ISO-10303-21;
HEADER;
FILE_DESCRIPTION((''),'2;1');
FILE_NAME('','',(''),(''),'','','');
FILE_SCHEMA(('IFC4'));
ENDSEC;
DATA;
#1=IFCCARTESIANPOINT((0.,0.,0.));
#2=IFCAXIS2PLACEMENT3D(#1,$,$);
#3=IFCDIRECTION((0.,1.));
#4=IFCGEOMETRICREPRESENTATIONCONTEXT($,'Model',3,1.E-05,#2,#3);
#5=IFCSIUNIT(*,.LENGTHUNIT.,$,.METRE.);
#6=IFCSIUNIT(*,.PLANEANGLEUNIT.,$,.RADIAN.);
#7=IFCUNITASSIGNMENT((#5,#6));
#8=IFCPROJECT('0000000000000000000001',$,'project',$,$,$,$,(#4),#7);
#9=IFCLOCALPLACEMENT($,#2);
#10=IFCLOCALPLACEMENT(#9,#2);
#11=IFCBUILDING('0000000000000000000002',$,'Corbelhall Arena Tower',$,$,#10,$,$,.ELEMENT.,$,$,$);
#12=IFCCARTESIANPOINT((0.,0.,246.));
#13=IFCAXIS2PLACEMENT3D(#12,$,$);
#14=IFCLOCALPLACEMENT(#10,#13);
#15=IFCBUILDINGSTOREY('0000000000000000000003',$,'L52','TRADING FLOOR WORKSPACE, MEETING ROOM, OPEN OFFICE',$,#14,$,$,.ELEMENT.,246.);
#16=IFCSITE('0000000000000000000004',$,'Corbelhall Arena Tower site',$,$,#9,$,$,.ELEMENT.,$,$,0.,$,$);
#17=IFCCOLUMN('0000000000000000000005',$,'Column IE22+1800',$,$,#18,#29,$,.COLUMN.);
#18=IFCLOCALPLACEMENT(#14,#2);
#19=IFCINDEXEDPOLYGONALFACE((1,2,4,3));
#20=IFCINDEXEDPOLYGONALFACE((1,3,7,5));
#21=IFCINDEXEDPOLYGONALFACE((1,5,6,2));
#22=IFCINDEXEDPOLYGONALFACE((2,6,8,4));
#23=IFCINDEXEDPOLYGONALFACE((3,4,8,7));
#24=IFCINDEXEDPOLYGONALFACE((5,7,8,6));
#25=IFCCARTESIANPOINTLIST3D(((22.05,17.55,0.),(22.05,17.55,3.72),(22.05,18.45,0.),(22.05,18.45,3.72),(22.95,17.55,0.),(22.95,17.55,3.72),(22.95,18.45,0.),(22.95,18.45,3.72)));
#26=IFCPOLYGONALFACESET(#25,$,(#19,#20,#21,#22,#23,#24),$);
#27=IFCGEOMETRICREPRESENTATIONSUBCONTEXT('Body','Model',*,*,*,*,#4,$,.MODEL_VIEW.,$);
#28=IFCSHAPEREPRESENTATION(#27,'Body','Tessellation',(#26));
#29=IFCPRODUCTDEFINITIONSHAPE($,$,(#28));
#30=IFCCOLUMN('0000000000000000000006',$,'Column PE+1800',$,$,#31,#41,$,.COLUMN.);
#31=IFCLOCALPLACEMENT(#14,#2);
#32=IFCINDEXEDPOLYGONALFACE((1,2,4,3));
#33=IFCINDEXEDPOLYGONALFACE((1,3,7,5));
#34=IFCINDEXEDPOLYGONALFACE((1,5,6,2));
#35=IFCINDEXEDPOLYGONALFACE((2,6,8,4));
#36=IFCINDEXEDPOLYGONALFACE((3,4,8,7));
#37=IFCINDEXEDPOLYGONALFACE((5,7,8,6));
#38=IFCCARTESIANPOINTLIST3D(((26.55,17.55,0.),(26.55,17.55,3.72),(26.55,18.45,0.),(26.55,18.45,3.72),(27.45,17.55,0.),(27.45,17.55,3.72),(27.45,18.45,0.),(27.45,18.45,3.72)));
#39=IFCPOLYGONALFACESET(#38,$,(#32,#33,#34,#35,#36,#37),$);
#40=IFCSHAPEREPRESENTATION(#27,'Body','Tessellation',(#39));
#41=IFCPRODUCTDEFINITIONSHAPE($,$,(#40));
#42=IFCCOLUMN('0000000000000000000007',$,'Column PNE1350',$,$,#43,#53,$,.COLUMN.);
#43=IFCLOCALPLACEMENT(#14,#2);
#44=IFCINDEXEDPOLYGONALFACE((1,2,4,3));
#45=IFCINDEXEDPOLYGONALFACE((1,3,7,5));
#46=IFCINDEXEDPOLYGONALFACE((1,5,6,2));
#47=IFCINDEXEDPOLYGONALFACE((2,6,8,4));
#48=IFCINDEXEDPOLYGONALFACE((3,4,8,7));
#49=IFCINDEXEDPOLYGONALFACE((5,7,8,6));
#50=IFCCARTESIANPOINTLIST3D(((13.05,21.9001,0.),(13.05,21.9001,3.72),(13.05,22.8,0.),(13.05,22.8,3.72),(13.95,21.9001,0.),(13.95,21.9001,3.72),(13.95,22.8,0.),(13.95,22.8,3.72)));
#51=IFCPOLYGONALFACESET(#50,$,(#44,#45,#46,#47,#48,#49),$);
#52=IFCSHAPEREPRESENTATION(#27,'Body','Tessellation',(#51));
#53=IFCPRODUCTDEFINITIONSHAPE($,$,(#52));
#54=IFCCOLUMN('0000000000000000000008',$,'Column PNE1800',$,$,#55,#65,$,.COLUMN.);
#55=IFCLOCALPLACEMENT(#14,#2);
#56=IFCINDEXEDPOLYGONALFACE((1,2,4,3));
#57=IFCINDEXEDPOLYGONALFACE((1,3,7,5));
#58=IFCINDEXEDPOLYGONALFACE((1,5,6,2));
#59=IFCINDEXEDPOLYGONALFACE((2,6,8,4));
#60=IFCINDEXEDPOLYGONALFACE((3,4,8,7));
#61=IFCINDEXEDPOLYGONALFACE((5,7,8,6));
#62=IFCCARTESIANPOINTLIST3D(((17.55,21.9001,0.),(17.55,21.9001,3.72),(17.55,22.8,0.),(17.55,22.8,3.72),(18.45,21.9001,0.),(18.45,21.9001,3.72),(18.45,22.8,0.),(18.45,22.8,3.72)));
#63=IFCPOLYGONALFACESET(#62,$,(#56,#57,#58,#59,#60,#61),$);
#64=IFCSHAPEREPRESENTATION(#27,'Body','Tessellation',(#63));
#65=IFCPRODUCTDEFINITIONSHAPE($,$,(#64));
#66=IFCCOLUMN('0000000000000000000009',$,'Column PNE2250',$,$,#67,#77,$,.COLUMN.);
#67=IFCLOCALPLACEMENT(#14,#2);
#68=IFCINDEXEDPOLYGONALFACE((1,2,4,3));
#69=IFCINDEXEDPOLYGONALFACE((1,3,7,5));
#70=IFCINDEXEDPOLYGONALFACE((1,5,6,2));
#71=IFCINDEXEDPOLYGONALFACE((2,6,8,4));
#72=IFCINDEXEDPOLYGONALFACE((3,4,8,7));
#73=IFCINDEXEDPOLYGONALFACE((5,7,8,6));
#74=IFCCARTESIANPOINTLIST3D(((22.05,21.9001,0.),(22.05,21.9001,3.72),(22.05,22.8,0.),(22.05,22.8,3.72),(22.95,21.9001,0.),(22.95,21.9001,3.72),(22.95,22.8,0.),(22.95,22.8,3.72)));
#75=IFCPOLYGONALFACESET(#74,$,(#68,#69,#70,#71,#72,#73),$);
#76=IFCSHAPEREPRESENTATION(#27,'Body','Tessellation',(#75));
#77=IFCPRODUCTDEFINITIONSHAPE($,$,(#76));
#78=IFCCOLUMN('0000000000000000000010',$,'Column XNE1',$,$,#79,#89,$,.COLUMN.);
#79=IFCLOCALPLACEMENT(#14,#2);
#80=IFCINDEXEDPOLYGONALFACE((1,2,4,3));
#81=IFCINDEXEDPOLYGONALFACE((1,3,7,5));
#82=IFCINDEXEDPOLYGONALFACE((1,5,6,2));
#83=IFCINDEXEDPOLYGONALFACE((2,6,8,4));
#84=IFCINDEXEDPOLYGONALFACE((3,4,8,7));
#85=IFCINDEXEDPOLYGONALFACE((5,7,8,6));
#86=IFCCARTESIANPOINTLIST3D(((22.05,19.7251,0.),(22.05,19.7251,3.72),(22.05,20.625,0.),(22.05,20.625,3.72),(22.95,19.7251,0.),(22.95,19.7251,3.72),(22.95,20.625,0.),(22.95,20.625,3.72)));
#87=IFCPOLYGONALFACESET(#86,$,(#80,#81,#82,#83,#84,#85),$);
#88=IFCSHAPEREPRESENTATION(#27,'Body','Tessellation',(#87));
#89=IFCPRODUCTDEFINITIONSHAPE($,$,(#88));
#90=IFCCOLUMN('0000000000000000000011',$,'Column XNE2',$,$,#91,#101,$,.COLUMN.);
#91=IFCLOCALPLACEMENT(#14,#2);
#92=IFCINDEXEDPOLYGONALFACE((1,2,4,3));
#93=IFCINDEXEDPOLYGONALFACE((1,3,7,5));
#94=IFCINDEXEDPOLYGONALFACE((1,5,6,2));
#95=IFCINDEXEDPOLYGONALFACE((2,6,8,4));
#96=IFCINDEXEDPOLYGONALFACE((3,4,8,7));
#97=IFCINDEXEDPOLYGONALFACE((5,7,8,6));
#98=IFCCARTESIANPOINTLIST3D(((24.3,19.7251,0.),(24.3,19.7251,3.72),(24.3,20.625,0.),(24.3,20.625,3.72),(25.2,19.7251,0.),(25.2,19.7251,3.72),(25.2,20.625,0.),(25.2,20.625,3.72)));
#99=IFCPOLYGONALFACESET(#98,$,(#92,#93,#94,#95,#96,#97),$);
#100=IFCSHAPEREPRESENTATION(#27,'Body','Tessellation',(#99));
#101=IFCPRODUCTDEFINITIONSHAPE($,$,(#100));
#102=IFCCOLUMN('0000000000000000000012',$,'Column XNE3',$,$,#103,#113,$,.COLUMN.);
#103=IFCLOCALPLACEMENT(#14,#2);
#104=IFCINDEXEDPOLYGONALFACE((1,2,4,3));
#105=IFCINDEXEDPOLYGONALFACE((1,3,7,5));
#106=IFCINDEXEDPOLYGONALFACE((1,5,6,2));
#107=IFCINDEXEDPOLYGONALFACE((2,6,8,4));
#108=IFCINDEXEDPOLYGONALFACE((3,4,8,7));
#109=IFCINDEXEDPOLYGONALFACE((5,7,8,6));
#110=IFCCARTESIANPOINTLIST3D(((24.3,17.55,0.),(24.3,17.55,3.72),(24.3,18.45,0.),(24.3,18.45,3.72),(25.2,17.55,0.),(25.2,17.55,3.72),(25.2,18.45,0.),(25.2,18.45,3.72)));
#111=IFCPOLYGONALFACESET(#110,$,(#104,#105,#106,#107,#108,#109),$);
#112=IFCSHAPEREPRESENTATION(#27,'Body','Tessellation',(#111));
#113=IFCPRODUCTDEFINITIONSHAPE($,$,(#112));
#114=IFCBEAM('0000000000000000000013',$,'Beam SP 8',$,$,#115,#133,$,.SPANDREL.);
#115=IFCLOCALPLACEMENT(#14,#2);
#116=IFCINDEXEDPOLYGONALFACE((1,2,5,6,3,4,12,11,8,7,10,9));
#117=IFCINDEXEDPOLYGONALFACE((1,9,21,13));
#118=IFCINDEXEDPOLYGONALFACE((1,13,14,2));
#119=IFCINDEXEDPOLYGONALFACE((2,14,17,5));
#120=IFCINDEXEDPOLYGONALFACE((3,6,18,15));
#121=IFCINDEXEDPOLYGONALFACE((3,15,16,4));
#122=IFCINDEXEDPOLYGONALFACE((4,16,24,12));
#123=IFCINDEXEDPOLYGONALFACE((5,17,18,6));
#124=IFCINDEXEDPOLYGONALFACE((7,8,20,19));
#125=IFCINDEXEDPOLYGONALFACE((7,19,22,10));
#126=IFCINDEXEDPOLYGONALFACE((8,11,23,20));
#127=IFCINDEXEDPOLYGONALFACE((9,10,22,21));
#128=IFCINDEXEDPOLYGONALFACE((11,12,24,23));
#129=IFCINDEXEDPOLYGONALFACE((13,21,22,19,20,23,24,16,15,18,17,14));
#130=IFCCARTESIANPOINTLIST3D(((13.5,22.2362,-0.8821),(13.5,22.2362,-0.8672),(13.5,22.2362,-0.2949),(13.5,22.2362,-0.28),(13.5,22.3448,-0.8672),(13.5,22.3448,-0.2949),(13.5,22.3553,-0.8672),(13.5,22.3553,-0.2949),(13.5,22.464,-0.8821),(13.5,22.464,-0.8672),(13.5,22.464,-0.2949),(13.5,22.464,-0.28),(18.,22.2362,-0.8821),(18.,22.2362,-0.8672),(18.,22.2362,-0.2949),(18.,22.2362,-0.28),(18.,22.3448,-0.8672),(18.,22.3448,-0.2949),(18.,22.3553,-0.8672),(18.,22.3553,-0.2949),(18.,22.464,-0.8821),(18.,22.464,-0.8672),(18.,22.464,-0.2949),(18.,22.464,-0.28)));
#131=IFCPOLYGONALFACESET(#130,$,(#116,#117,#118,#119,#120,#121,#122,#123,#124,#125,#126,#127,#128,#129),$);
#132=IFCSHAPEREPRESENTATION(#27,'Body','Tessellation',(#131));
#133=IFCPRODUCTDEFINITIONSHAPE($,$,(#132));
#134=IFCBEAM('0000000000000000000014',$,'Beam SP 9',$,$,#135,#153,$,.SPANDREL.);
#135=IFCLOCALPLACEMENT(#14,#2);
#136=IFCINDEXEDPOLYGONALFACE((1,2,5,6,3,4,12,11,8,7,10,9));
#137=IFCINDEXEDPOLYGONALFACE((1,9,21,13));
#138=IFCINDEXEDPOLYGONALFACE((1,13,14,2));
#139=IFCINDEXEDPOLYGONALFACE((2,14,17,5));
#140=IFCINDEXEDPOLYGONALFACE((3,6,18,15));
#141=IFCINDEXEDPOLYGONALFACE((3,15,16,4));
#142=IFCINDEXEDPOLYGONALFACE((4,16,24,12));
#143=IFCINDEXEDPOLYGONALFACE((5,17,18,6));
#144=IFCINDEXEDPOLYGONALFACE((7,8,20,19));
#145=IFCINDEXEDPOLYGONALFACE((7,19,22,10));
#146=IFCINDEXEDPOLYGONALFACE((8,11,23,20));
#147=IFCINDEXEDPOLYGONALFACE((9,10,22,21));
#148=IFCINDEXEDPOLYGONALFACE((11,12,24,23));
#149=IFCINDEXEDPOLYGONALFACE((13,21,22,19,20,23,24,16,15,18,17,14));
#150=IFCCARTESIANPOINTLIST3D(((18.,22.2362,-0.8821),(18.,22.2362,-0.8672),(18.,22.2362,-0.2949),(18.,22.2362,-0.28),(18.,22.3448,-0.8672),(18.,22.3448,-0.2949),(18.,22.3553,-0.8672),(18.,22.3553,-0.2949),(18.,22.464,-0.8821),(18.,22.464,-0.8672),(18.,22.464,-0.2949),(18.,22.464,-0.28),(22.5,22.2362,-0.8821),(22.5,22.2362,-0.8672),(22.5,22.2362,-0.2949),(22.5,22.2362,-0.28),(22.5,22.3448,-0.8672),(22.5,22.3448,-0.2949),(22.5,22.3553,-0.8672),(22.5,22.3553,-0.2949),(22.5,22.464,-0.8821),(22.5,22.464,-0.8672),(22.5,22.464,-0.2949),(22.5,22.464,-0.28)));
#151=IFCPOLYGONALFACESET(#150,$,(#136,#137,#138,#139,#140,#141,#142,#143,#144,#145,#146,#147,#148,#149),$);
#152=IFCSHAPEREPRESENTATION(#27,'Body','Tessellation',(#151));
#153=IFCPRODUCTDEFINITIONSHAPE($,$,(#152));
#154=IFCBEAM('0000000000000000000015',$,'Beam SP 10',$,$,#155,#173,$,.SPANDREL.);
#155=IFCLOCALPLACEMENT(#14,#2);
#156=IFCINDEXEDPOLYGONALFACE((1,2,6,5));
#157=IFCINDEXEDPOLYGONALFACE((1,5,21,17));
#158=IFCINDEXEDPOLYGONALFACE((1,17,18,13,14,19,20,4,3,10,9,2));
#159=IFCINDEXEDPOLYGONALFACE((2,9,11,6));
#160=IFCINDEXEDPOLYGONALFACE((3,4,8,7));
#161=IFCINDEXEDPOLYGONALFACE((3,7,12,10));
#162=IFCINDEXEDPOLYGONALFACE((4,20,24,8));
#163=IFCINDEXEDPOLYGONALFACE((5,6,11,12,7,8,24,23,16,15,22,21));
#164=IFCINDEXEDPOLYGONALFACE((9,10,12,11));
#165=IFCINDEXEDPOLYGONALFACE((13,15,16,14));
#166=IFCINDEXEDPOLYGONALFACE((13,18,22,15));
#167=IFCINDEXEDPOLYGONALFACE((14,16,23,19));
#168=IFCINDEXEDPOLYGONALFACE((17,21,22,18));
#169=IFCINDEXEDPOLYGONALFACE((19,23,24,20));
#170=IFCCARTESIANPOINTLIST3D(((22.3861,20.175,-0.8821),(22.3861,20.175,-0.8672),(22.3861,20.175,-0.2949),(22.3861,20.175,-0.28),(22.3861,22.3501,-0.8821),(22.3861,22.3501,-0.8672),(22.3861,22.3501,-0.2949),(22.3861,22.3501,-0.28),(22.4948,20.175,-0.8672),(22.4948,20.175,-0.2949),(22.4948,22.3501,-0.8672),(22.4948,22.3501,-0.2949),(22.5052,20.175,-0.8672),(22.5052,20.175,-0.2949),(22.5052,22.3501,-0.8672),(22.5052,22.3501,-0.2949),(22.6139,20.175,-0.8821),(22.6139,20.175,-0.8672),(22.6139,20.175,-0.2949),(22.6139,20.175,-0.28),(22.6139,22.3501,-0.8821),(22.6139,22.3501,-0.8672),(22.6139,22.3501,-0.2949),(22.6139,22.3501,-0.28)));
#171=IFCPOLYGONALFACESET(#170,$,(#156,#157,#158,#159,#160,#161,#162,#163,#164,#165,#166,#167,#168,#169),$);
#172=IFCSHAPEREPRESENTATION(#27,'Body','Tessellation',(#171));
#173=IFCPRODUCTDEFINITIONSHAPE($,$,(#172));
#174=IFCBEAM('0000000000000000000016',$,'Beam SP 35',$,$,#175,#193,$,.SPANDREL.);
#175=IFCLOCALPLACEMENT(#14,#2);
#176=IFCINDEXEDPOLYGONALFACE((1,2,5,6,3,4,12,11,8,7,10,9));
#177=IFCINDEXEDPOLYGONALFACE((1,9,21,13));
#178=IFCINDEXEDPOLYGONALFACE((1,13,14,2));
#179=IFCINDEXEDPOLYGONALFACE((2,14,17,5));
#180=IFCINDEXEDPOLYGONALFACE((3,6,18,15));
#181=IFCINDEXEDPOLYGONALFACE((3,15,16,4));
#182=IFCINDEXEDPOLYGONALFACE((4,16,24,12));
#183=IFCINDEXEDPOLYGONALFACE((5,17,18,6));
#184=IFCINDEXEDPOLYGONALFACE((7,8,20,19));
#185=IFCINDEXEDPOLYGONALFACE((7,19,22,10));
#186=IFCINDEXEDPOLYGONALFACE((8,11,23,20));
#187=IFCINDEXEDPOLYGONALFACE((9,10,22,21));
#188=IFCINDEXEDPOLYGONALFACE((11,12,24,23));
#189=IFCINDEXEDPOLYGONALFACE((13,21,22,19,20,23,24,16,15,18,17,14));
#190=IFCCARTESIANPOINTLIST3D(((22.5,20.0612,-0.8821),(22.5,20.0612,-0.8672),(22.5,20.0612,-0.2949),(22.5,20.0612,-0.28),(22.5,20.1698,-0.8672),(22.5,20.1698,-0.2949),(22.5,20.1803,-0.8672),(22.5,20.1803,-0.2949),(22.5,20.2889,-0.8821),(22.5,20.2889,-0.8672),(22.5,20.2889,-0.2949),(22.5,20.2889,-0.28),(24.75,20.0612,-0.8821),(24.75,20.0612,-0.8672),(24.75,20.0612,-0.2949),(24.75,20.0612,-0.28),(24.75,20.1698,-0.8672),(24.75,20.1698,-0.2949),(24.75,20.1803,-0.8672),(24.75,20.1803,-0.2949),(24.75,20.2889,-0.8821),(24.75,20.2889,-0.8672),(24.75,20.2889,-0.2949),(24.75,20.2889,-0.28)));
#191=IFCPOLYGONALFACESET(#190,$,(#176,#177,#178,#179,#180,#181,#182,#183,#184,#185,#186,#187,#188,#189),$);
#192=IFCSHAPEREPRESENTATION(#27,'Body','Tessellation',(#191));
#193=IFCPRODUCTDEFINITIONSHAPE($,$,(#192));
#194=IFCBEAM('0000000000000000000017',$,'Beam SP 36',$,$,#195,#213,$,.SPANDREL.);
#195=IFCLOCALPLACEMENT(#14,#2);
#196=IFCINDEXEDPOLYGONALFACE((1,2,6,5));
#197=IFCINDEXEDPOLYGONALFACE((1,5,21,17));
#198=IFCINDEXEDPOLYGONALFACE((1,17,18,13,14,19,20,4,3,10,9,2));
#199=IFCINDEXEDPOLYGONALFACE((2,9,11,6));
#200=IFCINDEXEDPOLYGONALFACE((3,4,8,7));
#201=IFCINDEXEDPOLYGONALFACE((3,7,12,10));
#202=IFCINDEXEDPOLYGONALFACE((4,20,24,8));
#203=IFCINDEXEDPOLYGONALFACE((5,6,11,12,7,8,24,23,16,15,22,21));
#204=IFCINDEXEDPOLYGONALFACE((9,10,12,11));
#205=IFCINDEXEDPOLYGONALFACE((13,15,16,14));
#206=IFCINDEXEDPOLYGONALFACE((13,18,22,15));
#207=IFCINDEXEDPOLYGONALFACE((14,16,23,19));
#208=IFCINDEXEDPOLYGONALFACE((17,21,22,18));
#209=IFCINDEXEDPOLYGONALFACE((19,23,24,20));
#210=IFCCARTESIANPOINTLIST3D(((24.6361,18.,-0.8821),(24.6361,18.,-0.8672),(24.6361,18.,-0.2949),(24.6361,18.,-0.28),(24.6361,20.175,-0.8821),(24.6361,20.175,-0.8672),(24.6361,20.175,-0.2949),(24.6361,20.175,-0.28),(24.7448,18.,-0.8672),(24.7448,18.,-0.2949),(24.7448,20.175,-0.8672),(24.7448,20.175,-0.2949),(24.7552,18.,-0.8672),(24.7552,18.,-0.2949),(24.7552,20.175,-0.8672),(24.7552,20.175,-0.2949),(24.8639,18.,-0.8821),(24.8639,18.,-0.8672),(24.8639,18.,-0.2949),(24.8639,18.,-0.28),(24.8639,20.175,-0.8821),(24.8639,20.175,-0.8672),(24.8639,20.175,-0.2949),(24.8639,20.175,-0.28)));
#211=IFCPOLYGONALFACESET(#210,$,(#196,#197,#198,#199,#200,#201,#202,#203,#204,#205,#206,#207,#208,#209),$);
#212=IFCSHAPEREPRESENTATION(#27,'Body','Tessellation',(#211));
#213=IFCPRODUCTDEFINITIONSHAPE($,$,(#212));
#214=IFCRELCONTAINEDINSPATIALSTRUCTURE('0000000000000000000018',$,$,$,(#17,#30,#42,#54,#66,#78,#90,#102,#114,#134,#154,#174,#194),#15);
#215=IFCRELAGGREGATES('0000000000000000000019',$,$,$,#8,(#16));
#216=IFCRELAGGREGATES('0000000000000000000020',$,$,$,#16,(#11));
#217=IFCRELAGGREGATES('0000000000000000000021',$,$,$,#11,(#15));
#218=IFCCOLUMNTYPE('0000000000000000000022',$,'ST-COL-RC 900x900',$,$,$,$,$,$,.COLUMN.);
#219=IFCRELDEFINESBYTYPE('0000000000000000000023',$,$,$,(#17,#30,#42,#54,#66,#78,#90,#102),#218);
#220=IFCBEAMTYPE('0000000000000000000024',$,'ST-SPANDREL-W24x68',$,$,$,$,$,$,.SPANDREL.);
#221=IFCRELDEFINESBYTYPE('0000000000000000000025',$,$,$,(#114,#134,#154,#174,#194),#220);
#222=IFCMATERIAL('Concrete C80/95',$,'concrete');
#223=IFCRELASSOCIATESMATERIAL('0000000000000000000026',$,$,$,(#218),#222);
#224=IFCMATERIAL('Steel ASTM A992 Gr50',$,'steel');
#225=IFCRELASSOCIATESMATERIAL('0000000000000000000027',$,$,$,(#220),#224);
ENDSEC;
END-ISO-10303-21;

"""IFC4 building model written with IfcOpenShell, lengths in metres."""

from ifc_helpers import new_model, si_unit, direction, frame, origin, origin_2d, place, context, subcontext, project, spatial, rectangle, i_section, extrude, material, material_profile, profile_set, type_object, element, save


model = new_model("IFC4")

# Units and contexts
model_context = context("Model", 3, precision=1e-05, world=origin(), true_north=direction((0.0, 1.0)))
body_context = subcontext(model_context, "Body", "Model", "MODEL_VIEW")
ifc_project = project(units=[si_unit("LENGTHUNIT", "METRE"), si_unit("PLANEANGLEUNIT", "RADIAN")], contexts=[model_context])

# Site, building, storey
site_placement = place(None, origin())
site = spatial("IfcSite", under=ifc_project, at=site_placement, Name="Corbelhall Arena Tower site", CompositionType="ELEMENT", RefElevation=0.0)
building_placement = place(site_placement, origin())
building = spatial("IfcBuilding", under=site, at=building_placement, Name="Corbelhall Arena Tower", CompositionType="ELEMENT")
storey_placement = place(building_placement, frame((0.0, 0.0, 246.0)))
storey = spatial("IfcBuildingStorey", under=building, at=storey_placement, Name="L52", Description="TRADING FLOOR WORKSPACE, MEETING ROOM, OPEN OFFICE", CompositionType="ELEMENT", Elevation=246.0)

# Columns
ifc_material_1 = material(Name="Concrete C80/95", Category="concrete")
ifc_material_profile_1 = material_profile(ifc_material_1, rectangle(XDim=0.8999, YDim=0.8999, at=origin_2d()))
ifc_profile_set_1 = profile_set([ifc_material_profile_1], Name="Concrete C80/95")
column_type = type_object("IfcColumnType", Name="ST-COL-RC 900x900", PredefinedType="COLUMN", material=ifc_profile_set_1)
for number, where, z_axis, x_axis, name in (
    (1, (22.5, 18.0, 0.0), (0.0, 0.0, 1.0), (1.0, 0.0, 0.0), "Column IE22+1800"),
    (2, (27.0, 18.0, 0.0), (0.0, 0.0, 1.0), (0.0, 1.0, 0.0), "Column PE+1800"),
    (3, (13.5, 22.3501, 0.0), (0.0, 0.0, 1.0), (1.0, 0.0, 0.0), "Column PNE1350"),
    (4, (18.0, 22.3501, 0.0), (0.0, 0.0, 1.0), (1.0, 0.0, 0.0), "Column PNE1800"),
    (5, (22.5, 22.3501, 0.0), (0.0, 0.0, 1.0), (1.0, 0.0, 0.0), "Column PNE2250"),
    (6, (22.5, 20.175, 0.0), (0.0, 0.0, 1.0), (1.0, 0.0, 0.0), "Column XNE1"),
    (7, (24.75, 20.175, 0.0), (0.0, 0.0, 1.0), (1.0, 0.0, 0.0), "Column XNE2"),
    (8, (24.75, 18.0, 0.0), (0.0, 0.0, 1.0), (1.0, 0.0, 0.0), "Column XNE3"),
):
    element("IfcColumn", number, at=place(storey_placement, frame(where, z_axis=z_axis, x_axis=x_axis)), inside=storey, type_object=column_type, Name=name, PredefinedType="COLUMN", context=body_context, shape_type="SweptSolid", body=[
        extrude(rectangle(XDim=0.8999, YDim=0.8999, at=origin_2d()), origin(), (0.0, 0.0, 1.0), 3.72),
    ])

# Beams
ifc_material_2 = material(Name="Steel ASTM A992 Gr50", Category="steel")
ifc_material_profile_2 = material_profile(ifc_material_2, i_section(OverallWidth=0.2278, OverallDepth=0.6021, WebThickness=0.0105, FlangeThickness=0.0149, at=origin_2d()))
ifc_profile_set_2 = profile_set([ifc_material_profile_2], Name="Steel ASTM A992 Gr50")
beam_type_1 = type_object("IfcBeamType", Name="ST-SPANDREL-W24x68", PredefinedType="SPANDREL", material=ifc_profile_set_2)
for number, where, z_axis, x_axis, name in (
    (9, (13.5, 22.3501, -0.5811), (1.0, 0.0, 0.0), (0.0, 1.0, 0.0), "Beam SP 8"),
    (10, (18.0, 22.3501, -0.5811), (1.0, 0.0, 0.0), (0.0, 1.0, 0.0), "Beam SP 9"),
):
    element("IfcBeam", number, at=place(storey_placement, frame(where, z_axis=z_axis, x_axis=x_axis)), inside=storey, type_object=beam_type_1, Name=name, PredefinedType="SPANDREL", context=body_context, shape_type="SweptSolid", body=[
        extrude(i_section(OverallWidth=0.2278, OverallDepth=0.6021, WebThickness=0.0105, FlangeThickness=0.0149, at=origin_2d()), origin(), (0.0, 0.0, 1.0), 4.5),
    ])
beam_1_placement = place(storey_placement, frame((22.5, 22.3501, -0.5811), z_axis=(0.0, -1.0, 0.0), x_axis=(1.0, 0.0, 0.0)))
element("IfcBeam", 11, at=beam_1_placement, inside=storey, type_object=beam_type_1, Name="Beam SP 10", PredefinedType="SPANDREL", context=body_context, shape_type="SweptSolid", body=[
    extrude(i_section(OverallWidth=0.2278, OverallDepth=0.6021, WebThickness=0.0105, FlangeThickness=0.0149, at=origin_2d()), origin(), (0.0, 0.0, 1.0), 2.175),
])
beam_2_placement = place(storey_placement, frame((22.5, 20.175, -0.5811), z_axis=(1.0, 0.0, 0.0), x_axis=(0.0, 1.0, 0.0)))
element("IfcBeam", 12, at=beam_2_placement, inside=storey, type_object=beam_type_1, Name="Beam SP 35", PredefinedType="SPANDREL", context=body_context, shape_type="SweptSolid", body=[
    extrude(i_section(OverallWidth=0.2278, OverallDepth=0.6021, WebThickness=0.0105, FlangeThickness=0.0149, at=origin_2d()), origin(), (0.0, 0.0, 1.0), 2.25),
])
beam_3_placement = place(storey_placement, frame((24.75, 20.175, -0.5811), z_axis=(0.0, -1.0, 0.0), x_axis=(1.0, 0.0, 0.0)))
element("IfcBeam", 13, at=beam_3_placement, inside=storey, type_object=beam_type_1, Name="Beam SP 36", PredefinedType="SPANDREL", context=body_context, shape_type="SweptSolid", body=[
    extrude(i_section(OverallWidth=0.2278, OverallDepth=0.6021, WebThickness=0.0105, FlangeThickness=0.0149, at=origin_2d()), origin(), (0.0, 0.0, 1.0), 2.175),
])

save(model, "model.ifc")
